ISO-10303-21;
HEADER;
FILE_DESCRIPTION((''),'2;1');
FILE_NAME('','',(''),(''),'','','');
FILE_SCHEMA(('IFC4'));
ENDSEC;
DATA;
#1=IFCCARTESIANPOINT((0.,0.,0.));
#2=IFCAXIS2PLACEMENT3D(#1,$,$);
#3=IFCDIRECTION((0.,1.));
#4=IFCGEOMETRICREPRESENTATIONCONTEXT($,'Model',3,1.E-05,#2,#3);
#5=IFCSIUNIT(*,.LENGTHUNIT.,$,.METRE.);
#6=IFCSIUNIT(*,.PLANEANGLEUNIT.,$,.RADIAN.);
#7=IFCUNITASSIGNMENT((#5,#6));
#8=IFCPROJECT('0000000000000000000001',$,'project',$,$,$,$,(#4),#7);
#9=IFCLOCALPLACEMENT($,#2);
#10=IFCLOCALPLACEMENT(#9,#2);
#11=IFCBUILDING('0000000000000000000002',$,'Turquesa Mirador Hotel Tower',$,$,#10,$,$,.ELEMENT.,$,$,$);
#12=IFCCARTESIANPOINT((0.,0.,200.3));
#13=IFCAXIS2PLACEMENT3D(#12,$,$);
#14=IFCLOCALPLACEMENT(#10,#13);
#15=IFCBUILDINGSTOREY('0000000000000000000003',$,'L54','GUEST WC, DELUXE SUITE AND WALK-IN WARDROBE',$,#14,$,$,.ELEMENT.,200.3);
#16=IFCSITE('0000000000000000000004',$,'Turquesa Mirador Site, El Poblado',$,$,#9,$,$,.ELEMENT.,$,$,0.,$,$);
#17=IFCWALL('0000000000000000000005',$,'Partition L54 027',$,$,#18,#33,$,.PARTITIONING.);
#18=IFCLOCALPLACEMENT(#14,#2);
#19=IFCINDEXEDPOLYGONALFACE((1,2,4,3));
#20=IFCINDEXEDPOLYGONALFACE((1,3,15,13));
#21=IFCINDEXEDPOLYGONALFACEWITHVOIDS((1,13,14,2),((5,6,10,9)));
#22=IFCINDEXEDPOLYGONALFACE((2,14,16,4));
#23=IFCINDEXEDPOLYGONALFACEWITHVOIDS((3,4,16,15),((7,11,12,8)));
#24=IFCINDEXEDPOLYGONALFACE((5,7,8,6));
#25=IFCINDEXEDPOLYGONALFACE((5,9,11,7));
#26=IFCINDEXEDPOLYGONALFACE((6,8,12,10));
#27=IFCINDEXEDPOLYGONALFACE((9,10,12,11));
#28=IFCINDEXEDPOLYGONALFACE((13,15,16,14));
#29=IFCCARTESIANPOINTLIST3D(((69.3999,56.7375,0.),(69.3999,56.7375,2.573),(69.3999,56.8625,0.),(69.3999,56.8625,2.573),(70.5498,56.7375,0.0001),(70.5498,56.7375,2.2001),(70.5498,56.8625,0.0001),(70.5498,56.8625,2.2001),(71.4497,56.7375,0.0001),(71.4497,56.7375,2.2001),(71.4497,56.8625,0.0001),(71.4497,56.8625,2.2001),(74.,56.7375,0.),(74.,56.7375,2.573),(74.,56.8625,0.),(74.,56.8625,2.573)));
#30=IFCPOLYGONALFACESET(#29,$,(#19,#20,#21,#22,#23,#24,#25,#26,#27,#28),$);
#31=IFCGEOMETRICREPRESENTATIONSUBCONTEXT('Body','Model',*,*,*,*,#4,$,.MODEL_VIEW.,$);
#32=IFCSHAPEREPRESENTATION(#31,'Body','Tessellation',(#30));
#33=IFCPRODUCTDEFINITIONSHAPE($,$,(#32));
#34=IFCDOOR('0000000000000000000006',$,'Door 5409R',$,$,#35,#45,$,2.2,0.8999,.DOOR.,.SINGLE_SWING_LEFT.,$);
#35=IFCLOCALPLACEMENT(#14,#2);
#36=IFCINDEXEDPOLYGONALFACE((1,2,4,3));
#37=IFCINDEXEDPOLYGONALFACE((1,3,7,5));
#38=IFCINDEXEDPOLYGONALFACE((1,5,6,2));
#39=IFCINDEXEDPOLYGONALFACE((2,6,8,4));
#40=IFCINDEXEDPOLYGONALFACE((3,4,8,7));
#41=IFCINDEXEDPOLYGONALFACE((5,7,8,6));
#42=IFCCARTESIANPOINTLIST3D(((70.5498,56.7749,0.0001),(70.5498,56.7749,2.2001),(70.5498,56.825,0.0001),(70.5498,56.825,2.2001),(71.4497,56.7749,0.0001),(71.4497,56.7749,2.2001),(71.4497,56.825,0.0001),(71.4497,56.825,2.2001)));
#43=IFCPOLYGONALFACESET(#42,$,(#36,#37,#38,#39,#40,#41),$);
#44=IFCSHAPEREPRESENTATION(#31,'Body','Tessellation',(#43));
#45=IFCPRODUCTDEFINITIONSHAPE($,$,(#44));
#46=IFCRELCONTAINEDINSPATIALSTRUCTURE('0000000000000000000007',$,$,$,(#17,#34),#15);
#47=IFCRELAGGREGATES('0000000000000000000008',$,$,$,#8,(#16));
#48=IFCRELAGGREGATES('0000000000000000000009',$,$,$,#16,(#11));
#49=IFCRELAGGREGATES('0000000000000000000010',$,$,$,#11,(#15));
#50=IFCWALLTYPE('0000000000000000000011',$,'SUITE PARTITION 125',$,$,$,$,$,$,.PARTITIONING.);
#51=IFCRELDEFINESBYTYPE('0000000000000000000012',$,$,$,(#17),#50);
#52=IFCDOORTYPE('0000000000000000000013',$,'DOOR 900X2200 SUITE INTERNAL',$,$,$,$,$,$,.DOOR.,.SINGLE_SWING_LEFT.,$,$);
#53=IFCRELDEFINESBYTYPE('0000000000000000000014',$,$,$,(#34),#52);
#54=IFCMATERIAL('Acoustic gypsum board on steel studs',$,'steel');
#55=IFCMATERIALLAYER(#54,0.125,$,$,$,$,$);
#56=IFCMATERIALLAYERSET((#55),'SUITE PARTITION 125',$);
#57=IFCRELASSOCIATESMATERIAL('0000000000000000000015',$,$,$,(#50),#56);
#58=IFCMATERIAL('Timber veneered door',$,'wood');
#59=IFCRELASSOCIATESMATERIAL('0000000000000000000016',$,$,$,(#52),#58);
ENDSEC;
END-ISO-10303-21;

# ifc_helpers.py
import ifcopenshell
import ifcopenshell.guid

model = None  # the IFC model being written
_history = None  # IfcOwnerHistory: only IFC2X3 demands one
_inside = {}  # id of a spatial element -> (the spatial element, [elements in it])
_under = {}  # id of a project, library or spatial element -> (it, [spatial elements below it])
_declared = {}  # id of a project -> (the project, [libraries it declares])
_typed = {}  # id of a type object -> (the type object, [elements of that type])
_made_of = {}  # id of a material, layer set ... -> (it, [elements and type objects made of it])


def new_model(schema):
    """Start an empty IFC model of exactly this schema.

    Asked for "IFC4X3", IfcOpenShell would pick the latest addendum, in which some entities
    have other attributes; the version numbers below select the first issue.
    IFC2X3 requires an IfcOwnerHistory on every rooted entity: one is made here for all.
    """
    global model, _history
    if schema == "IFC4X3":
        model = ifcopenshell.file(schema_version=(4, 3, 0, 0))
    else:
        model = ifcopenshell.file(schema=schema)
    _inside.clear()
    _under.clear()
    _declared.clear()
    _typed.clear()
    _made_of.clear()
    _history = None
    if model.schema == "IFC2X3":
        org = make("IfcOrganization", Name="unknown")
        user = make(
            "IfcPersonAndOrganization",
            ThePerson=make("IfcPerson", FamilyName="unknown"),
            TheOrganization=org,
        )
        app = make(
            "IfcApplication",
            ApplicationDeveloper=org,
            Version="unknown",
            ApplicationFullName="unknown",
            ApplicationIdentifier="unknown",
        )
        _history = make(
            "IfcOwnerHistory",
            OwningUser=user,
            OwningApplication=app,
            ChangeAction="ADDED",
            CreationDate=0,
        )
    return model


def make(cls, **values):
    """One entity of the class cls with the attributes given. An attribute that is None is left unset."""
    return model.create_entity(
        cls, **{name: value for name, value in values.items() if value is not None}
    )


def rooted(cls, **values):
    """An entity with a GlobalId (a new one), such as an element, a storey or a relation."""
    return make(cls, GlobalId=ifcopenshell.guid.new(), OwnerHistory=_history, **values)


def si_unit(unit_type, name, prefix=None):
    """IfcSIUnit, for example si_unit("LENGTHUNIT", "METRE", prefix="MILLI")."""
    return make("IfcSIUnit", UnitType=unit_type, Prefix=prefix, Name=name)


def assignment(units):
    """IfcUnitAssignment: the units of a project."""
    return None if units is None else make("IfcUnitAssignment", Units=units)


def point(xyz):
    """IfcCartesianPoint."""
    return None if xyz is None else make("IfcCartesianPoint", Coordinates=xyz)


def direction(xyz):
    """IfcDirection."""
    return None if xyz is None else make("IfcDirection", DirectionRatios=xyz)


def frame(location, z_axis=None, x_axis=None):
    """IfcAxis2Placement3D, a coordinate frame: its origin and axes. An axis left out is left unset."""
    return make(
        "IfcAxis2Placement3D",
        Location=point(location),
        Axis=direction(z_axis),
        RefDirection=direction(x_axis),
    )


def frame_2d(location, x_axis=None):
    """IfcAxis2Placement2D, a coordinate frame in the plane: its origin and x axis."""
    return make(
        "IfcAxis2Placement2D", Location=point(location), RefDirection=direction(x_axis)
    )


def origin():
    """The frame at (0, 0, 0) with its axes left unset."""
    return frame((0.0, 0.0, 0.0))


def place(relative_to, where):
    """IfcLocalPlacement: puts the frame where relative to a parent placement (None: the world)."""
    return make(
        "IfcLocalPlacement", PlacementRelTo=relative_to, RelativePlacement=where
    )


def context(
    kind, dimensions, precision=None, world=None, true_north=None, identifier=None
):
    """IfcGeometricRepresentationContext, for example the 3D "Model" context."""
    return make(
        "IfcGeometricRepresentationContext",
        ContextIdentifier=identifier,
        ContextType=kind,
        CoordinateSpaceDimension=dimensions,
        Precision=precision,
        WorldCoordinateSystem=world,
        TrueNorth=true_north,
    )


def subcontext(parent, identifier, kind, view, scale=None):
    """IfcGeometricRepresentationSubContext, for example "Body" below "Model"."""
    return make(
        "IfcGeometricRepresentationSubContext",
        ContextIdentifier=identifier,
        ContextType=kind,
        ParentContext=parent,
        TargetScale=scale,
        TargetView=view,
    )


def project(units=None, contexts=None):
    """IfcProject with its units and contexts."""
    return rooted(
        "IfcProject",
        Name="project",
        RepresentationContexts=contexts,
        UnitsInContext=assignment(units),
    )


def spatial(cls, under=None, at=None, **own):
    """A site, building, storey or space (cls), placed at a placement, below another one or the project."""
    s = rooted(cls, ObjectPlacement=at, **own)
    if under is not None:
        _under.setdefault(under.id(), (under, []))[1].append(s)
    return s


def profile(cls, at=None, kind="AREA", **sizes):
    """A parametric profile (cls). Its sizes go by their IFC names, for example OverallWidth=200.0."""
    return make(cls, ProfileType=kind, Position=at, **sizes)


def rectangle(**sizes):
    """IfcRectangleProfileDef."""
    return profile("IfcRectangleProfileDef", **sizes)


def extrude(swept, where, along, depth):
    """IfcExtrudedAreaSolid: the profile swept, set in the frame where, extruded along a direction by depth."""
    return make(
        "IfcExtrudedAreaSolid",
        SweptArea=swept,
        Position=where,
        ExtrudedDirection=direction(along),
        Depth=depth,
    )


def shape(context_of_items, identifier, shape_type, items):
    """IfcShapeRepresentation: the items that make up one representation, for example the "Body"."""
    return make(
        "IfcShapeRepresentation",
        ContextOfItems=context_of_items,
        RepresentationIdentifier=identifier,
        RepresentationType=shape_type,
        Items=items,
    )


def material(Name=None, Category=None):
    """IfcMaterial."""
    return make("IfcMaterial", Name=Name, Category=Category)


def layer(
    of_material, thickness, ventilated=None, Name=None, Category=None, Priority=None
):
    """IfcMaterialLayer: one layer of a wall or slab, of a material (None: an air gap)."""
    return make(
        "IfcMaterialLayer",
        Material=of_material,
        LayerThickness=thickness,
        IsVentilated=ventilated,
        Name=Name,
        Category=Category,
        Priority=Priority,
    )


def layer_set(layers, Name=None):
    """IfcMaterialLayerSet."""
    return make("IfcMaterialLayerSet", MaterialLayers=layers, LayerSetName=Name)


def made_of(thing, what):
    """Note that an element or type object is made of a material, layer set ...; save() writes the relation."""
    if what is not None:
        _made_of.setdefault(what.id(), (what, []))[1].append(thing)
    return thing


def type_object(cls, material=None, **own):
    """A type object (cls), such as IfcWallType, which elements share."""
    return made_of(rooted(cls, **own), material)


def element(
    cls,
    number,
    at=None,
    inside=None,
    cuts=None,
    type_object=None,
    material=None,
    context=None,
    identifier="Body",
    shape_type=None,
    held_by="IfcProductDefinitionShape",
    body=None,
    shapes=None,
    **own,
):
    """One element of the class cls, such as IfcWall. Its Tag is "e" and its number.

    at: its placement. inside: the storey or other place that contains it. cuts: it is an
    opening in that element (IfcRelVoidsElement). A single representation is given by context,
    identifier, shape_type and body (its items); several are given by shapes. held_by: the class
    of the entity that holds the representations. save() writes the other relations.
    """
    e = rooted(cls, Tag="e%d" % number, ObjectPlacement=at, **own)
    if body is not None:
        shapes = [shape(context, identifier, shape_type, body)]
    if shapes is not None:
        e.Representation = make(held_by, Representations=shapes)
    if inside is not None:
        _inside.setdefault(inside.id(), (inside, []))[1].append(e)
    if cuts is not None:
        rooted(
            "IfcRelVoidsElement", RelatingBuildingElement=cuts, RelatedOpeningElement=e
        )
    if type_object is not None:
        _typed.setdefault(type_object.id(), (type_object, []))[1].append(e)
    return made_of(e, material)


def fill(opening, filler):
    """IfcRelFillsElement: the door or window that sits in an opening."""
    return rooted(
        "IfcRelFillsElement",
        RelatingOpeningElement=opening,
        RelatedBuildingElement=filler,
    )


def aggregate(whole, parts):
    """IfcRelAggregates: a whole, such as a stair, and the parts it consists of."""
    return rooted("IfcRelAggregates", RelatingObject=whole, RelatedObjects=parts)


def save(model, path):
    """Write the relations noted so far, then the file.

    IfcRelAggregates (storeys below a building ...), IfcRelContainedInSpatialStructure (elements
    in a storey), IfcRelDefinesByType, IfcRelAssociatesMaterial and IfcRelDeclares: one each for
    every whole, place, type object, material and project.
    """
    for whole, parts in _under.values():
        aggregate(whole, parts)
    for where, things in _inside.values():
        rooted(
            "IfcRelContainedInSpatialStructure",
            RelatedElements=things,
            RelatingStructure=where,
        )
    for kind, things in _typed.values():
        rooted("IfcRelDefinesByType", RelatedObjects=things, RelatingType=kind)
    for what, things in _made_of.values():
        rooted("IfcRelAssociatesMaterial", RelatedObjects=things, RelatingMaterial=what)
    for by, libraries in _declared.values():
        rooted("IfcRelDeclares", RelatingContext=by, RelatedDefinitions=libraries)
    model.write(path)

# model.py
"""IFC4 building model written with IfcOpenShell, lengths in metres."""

from ifc_helpers import new_model, si_unit, direction, frame, frame_2d, origin, place, context, subcontext, project, spatial, rectangle, extrude, material, layer, layer_set, type_object, element, fill, save


model = new_model("IFC4")

# Units and contexts
model_context = context("Model", 3, precision=1e-05, world=origin(), true_north=direction((0.0, 1.0)))
body_context = subcontext(model_context, "Body", "Model", "MODEL_VIEW")
ifc_project = project(units=[si_unit("LENGTHUNIT", "METRE"), si_unit("PLANEANGLEUNIT", "RADIAN")], contexts=[model_context])

# Site, building, storey
site_placement = place(None, origin())
site = spatial("IfcSite", under=ifc_project, at=site_placement, Name="Turquesa Mirador Site, El Poblado", CompositionType="ELEMENT", RefElevation=0.0)
building_placement = place(site_placement, origin())
building = spatial("IfcBuilding", under=site, at=building_placement, Name="Turquesa Mirador Hotel Tower", CompositionType="ELEMENT")
storey_placement = place(building_placement, frame((0.0, 0.0, 200.3)))
storey = spatial("IfcBuildingStorey", under=building, at=storey_placement, Name="L54", Description="GUEST WC, DELUXE SUITE AND WALK-IN WARDROBE", CompositionType="ELEMENT", Elevation=200.3)

# Wall, opening, door
ifc_material_1 = material(Name="Acoustic gypsum board on steel studs", Category="steel")
ifc_layer_1 = layer(ifc_material_1, 0.125)
ifc_layer_set_1 = layer_set([ifc_layer_1], Name="SUITE PARTITION 125")
wall_type_1 = type_object("IfcWallType", Name="SUITE PARTITION 125", PredefinedType="PARTITIONING", material=ifc_layer_set_1)
wall_1_placement = place(storey_placement, frame((69.3999, 56.8, 0.0), z_axis=(0.0, 0.0, 1.0), x_axis=(1.0, 0.0, 0.0)))
wall_1 = element("IfcWall", 1, at=wall_1_placement, inside=storey, type_object=wall_type_1, Name="Partition L54 027", PredefinedType="PARTITIONING", context=body_context, shape_type="SweptSolid", body=[
    extrude(rectangle(XDim=4.6001, YDim=0.125, at=frame_2d((2.3, 0.0))), origin(), (0.0, 0.0, 1.0), 2.573),
])
opening_1_placement = place(wall_1_placement, frame((1.1499, 0.0, 0.0)))
opening_1 = element("IfcOpeningElement", 2, at=opening_1_placement, cuts=wall_1, PredefinedType="OPENING", context=body_context, shape_type="SweptSolid", body=[
    extrude(rectangle(XDim=0.8999, YDim=2.2, at=frame_2d((0.45, 1.1001))), frame((0.0, 0.0725, 0.0), z_axis=(0.0, -1.0, 0.0), x_axis=(1.0, 0.0, 0.0)), (0.0, 0.0, 1.0), 0.145),
])
ifc_material_2 = material(Name="Timber veneered door", Category="wood")
door_type_1 = type_object("IfcDoorType", Name="DOOR 900X2200 SUITE INTERNAL", OperationType="SINGLE_SWING_LEFT", PredefinedType="DOOR", material=ifc_material_2)
door_1_placement = place(opening_1_placement, origin())
door_1 = element("IfcDoor", 3, at=door_1_placement, inside=storey, type_object=door_type_1, Name="Door 5409R", OperationType="SINGLE_SWING_LEFT", OverallHeight=2.2, OverallWidth=0.8999, PredefinedType="DOOR", context=body_context, shape_type="SweptSolid", body=[
    extrude(rectangle(XDim=0.8999, YDim=2.2, at=frame_2d((0.45, 1.1001))), frame((0.0, 0.0249, 0.0), z_axis=(0.0, -1.0, 0.0), x_axis=(1.0, 0.0, 0.0)), (0.0, 0.0, 1.0), 0.05),
])
fill(opening_1, door_1)

save(model, "model.ifc")
